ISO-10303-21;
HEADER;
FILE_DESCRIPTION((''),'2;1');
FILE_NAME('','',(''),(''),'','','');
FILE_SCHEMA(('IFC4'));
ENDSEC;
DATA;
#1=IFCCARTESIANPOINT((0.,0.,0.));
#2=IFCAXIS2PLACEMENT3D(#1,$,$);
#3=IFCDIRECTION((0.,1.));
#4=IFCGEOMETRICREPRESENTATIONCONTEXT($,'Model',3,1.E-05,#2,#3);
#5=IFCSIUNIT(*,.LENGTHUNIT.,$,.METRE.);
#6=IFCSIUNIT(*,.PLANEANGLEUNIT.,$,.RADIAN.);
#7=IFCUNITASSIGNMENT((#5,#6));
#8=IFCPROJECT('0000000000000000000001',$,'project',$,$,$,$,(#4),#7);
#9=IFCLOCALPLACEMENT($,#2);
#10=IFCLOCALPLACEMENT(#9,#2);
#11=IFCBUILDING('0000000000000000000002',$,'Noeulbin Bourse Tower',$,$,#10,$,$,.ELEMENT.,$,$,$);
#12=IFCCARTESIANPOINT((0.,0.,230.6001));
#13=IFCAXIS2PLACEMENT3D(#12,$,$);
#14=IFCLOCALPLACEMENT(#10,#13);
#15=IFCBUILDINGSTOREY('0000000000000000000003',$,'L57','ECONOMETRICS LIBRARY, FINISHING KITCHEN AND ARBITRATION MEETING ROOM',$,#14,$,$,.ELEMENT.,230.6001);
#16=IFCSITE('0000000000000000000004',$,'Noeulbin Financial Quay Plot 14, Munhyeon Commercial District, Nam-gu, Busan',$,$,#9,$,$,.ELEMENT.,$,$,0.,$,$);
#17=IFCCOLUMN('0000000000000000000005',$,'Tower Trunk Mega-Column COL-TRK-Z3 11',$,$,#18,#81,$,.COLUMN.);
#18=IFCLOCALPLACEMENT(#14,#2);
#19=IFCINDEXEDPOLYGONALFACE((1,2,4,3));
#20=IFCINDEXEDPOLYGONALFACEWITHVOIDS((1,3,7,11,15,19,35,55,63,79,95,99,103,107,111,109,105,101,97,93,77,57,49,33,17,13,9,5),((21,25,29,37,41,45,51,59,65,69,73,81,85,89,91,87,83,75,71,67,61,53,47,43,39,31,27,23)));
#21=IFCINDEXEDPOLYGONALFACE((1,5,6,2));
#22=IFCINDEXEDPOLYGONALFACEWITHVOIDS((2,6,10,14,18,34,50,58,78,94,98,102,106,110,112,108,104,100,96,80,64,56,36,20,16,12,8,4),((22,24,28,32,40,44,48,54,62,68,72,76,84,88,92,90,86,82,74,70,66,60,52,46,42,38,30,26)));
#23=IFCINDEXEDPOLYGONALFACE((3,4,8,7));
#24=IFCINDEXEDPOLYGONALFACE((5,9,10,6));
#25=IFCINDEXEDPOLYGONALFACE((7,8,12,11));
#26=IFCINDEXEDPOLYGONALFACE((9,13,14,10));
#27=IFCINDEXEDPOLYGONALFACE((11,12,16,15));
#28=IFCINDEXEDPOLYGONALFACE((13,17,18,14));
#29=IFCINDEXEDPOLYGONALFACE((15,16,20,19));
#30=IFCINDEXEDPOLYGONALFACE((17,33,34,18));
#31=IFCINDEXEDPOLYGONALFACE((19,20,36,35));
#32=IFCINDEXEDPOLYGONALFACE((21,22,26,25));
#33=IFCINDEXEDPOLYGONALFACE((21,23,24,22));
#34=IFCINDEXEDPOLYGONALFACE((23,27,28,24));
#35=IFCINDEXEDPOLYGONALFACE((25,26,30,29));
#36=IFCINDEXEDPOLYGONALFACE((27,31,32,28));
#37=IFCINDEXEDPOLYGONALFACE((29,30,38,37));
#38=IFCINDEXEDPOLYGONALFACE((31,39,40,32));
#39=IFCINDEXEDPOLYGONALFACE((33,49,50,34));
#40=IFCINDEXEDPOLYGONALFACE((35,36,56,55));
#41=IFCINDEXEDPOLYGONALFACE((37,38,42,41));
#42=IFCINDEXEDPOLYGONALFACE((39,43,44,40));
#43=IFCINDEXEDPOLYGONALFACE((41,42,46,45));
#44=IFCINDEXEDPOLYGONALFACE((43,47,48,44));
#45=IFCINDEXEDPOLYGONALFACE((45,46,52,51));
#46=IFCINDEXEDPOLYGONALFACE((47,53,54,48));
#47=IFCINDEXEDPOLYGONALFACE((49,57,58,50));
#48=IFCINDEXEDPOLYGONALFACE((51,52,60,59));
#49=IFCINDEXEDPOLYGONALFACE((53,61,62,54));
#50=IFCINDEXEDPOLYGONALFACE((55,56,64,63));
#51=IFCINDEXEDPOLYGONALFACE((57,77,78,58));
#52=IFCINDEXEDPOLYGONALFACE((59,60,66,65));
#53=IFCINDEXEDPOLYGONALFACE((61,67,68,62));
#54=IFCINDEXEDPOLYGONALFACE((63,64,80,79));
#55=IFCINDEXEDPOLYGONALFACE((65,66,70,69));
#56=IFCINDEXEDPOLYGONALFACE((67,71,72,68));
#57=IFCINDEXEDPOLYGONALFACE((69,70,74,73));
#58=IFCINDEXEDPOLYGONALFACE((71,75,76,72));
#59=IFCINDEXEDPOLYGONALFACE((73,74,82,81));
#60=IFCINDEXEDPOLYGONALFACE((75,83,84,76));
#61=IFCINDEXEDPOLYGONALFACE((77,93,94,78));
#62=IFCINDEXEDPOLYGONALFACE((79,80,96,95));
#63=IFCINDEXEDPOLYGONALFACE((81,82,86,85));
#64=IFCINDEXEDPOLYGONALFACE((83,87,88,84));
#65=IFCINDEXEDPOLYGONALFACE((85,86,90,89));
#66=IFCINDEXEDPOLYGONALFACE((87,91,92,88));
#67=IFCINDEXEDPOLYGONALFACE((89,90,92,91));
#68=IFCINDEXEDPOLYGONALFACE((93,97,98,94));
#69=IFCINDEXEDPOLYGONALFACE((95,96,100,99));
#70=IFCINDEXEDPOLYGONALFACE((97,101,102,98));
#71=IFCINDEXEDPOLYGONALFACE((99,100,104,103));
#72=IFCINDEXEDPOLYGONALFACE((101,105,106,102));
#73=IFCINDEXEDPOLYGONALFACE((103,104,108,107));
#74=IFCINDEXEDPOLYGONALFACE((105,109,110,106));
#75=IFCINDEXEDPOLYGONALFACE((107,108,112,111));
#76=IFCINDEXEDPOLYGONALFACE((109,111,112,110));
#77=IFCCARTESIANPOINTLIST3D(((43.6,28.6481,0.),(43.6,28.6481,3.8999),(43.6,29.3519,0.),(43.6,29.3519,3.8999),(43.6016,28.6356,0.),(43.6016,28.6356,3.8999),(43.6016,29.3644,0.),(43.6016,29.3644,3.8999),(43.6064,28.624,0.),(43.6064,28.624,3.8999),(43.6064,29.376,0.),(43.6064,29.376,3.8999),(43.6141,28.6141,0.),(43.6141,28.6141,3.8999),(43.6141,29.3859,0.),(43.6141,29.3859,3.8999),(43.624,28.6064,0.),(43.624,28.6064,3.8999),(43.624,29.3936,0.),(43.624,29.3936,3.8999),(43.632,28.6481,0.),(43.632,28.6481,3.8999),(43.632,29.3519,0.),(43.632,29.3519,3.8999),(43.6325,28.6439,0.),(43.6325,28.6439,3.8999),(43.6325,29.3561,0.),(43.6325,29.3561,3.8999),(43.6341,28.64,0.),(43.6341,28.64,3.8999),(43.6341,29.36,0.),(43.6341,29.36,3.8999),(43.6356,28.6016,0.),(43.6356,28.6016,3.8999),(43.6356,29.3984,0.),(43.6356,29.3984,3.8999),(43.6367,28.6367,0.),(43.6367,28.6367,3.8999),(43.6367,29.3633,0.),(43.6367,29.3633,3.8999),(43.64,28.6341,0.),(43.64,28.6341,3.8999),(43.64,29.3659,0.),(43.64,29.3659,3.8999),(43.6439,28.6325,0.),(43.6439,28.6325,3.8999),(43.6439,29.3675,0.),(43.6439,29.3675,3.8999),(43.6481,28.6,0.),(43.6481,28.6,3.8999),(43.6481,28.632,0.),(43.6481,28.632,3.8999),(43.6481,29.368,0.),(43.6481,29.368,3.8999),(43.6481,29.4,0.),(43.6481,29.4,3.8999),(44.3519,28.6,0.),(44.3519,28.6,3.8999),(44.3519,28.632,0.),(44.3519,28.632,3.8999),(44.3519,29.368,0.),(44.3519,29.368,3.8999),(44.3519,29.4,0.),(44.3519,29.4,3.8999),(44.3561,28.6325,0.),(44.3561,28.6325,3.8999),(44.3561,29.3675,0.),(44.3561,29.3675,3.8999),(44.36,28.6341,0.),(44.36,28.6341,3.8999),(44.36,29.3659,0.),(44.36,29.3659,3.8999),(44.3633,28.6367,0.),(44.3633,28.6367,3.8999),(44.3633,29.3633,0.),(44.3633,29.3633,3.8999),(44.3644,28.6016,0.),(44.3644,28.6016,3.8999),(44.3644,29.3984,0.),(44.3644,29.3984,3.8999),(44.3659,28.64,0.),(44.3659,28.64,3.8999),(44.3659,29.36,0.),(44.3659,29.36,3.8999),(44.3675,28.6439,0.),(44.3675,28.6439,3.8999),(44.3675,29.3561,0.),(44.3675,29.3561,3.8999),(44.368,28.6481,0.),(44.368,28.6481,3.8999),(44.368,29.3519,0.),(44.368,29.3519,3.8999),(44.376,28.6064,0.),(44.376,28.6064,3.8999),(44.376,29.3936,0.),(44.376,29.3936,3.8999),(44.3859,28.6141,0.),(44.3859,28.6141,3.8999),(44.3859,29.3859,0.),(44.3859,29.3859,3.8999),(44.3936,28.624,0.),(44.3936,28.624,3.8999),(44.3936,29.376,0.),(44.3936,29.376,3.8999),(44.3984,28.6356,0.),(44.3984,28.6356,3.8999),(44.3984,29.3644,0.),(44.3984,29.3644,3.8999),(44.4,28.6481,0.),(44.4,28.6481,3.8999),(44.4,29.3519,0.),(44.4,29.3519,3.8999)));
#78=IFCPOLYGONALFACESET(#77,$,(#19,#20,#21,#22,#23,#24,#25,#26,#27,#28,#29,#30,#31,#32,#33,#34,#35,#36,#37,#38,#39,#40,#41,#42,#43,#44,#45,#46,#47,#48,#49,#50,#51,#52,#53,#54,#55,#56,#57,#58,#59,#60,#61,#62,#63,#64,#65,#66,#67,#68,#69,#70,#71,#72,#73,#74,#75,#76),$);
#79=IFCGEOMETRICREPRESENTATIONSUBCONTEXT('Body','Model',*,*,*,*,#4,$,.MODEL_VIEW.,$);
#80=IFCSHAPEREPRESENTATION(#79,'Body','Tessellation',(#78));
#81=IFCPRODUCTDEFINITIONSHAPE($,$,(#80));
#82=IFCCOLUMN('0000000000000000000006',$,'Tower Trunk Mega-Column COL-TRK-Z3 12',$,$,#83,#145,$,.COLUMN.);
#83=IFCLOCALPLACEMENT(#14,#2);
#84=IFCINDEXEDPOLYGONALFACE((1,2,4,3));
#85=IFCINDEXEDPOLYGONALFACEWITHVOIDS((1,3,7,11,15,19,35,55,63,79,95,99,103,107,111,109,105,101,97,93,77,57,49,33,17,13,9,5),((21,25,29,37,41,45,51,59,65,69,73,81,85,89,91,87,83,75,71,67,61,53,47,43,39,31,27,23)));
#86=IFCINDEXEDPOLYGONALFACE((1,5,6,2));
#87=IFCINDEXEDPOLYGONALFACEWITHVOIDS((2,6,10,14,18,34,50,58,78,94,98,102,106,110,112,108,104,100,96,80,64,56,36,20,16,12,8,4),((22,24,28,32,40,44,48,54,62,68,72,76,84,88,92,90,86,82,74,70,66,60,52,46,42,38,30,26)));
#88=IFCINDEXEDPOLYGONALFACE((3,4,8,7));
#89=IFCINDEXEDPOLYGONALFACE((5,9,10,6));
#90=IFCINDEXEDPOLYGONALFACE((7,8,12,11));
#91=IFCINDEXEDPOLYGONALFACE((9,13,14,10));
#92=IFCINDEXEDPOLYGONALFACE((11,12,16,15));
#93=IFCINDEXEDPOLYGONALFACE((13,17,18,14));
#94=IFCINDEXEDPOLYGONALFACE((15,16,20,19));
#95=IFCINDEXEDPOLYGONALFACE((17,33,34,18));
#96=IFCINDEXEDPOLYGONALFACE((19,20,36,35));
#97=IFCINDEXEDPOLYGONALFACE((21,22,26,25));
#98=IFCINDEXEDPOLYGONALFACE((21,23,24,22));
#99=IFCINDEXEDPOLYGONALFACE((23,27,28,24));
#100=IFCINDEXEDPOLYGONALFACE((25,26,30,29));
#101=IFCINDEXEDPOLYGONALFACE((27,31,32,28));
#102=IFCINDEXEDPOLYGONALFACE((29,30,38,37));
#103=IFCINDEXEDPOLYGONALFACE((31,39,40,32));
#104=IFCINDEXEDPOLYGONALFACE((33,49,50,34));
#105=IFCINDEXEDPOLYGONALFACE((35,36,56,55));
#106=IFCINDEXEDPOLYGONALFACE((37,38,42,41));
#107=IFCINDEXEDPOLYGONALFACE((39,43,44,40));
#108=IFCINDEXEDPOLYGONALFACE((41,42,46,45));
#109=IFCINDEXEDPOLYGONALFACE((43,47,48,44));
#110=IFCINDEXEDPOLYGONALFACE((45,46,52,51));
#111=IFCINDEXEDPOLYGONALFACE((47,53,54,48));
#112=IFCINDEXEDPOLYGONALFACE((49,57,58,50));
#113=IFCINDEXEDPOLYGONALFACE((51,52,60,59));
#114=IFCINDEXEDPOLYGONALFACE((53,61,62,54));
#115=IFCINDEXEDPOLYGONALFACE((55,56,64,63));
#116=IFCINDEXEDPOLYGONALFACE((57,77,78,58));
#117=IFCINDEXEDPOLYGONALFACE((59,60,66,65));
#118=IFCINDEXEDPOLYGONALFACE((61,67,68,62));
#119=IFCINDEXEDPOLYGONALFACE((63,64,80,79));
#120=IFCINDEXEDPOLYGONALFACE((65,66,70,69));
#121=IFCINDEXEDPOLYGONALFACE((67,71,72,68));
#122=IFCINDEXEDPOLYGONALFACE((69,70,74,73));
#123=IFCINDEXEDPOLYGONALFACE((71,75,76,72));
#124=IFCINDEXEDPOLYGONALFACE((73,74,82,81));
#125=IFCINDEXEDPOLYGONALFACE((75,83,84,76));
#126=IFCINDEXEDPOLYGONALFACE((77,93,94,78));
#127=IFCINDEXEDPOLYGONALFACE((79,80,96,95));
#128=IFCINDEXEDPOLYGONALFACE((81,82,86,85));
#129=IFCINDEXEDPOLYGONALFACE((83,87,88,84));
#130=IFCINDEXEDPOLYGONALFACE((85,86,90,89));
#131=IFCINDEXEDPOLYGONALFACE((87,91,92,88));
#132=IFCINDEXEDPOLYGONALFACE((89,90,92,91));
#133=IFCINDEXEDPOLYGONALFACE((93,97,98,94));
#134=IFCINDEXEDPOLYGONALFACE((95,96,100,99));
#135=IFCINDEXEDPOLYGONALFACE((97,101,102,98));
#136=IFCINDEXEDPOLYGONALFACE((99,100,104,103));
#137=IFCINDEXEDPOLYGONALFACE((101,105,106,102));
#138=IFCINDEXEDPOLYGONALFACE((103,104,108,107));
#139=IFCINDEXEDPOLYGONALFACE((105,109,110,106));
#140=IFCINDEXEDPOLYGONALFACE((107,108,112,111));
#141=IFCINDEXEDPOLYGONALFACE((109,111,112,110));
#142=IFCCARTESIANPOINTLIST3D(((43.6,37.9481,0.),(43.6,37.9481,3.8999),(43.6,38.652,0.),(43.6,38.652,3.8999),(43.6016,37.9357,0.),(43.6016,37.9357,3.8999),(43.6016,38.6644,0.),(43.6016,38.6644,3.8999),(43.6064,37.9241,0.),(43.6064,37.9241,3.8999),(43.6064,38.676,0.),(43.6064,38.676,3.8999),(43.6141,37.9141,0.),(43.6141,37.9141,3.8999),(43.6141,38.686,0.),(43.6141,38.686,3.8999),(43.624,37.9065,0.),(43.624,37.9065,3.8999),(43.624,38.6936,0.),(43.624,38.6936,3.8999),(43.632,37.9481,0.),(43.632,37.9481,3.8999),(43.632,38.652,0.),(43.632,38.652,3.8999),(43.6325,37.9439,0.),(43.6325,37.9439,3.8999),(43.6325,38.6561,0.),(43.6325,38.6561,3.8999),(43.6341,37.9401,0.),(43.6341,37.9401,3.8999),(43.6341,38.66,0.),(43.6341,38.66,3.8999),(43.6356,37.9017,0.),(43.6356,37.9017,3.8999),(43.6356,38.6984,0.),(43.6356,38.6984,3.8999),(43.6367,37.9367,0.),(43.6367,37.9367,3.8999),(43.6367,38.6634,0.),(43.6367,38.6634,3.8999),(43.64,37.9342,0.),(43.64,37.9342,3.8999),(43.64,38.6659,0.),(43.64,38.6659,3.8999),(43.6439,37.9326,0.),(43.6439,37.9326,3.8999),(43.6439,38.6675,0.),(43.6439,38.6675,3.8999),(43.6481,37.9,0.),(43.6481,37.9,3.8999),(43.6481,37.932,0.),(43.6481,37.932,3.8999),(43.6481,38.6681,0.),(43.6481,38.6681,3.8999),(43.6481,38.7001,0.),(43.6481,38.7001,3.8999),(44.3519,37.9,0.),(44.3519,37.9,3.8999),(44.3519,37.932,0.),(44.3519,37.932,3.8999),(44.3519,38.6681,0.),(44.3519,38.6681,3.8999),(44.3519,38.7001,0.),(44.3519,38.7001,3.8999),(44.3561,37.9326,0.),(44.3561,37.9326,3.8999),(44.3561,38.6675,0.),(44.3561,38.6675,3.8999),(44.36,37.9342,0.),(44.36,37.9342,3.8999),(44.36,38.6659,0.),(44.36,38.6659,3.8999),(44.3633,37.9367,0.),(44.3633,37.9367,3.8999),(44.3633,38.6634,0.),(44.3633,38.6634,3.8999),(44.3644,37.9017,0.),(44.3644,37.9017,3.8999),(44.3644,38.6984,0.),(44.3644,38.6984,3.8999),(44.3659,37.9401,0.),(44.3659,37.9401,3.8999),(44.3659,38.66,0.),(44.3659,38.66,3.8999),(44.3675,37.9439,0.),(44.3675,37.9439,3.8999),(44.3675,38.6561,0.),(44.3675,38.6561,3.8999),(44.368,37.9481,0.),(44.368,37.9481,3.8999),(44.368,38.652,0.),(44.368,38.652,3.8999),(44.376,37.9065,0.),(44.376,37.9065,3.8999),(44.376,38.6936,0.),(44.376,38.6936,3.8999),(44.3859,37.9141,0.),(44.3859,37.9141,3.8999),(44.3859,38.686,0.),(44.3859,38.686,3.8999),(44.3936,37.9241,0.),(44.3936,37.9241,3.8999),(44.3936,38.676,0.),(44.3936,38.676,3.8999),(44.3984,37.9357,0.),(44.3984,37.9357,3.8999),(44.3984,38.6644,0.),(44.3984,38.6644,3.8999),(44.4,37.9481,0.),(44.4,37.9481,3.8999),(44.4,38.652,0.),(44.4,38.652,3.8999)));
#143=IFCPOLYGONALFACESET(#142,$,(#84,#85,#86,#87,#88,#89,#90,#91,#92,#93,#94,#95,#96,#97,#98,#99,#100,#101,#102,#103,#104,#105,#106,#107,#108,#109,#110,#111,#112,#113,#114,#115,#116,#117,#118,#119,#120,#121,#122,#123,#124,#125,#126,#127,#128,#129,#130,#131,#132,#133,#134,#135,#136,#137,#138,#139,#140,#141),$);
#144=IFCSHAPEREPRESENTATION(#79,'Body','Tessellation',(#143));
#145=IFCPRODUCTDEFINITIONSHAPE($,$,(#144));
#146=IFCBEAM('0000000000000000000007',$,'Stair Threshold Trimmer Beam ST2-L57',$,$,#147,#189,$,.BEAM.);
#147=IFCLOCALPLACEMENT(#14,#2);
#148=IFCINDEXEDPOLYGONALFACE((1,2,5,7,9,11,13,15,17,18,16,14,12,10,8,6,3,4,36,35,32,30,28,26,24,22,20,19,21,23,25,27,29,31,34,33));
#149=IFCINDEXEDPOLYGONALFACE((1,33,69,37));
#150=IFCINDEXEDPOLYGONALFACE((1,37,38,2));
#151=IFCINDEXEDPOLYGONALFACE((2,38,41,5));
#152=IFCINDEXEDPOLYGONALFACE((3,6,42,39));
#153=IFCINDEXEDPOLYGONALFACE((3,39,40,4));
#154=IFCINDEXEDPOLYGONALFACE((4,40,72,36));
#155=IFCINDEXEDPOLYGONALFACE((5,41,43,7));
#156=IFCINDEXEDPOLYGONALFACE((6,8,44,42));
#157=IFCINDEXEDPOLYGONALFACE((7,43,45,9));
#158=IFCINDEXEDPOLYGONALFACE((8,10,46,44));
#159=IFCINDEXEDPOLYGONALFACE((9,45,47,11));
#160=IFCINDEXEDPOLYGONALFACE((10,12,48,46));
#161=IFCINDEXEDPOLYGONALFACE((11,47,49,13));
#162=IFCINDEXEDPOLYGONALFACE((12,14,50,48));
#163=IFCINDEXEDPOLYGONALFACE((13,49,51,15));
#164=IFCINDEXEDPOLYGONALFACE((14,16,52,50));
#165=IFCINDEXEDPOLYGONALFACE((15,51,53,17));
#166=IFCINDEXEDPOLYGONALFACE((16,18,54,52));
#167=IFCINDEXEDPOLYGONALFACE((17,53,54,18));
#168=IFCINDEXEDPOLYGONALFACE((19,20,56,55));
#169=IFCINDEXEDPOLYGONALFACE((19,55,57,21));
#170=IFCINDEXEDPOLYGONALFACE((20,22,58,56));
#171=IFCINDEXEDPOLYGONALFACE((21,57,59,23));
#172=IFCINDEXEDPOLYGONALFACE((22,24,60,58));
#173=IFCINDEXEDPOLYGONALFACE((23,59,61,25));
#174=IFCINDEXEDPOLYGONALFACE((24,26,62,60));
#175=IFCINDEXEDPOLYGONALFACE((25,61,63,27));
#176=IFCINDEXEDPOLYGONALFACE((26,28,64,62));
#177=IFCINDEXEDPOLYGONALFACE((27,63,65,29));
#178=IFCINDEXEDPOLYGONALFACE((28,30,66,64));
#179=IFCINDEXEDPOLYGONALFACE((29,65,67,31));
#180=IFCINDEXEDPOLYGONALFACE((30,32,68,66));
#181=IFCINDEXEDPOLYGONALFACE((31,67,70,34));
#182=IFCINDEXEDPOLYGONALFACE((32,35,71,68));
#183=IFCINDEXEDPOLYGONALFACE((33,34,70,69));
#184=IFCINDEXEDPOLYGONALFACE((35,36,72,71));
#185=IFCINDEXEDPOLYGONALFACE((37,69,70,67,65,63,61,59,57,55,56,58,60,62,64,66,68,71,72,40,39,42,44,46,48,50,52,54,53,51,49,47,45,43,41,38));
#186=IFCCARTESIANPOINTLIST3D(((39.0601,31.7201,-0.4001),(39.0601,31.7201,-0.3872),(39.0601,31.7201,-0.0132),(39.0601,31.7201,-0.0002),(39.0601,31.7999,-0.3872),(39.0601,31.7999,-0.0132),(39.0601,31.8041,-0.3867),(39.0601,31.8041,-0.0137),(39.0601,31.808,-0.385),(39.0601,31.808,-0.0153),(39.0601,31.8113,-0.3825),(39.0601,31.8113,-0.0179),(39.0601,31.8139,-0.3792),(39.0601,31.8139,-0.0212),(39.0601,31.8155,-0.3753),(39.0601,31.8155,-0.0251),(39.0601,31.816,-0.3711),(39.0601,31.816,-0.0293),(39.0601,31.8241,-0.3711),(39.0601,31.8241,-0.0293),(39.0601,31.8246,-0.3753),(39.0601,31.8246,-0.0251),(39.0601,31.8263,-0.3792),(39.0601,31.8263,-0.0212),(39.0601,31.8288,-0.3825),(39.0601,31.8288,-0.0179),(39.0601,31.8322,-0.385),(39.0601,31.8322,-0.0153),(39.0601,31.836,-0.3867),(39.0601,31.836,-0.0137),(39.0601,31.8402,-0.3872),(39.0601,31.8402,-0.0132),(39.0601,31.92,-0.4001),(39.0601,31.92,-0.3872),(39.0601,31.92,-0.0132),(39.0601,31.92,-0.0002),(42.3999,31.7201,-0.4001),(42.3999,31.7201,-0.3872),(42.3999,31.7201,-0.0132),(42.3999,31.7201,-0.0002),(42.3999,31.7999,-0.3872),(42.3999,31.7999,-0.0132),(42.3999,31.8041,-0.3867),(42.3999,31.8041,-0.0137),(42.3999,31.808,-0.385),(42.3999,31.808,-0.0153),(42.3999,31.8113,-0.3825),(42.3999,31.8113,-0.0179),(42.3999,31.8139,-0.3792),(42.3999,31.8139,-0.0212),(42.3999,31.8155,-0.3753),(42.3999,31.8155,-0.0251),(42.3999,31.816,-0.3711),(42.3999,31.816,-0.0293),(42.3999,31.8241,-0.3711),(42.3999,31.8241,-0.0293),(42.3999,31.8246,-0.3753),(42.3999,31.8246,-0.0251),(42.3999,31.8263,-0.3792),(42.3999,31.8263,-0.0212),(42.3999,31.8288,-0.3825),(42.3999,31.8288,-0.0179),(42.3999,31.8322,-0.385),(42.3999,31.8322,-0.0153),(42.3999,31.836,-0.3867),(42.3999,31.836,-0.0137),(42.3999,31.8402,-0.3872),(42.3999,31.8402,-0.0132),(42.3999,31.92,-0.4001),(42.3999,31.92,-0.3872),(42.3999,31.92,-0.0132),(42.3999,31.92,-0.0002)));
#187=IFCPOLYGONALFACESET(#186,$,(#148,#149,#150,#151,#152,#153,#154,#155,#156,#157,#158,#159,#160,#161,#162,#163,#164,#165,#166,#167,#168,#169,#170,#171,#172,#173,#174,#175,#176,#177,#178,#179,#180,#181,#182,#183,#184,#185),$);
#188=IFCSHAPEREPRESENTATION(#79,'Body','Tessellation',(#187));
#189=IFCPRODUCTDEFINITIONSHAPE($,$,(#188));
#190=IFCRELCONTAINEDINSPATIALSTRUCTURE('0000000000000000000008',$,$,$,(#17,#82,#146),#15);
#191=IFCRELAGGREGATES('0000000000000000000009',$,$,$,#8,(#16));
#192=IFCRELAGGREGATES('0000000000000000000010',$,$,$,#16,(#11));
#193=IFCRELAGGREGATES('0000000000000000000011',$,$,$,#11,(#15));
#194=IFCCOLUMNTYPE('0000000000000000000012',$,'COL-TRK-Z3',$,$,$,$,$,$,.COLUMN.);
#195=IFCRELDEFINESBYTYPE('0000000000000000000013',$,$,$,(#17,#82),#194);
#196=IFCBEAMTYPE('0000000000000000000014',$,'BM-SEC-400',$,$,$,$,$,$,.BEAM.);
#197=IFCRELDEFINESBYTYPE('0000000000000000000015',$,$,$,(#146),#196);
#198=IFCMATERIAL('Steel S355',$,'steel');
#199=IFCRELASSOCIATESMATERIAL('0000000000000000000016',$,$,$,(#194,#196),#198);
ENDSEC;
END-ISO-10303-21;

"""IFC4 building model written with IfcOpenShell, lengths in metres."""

from ifc_helpers import new_model, si_unit, direction, frame, origin, origin_2d, place, context, subcontext, project, spatial, hollow_rectangle, i_section, extrude, material, material_profile, profile_set, type_object, element, save


model = new_model("IFC4")

# Units and contexts
model_context = context("Model", 3, precision=1e-05, world=origin(), true_north=direction((0.0, 1.0)))
body_context = subcontext(model_context, "Body", "Model", "MODEL_VIEW")
ifc_project = project(units=[si_unit("LENGTHUNIT", "METRE"), si_unit("PLANEANGLEUNIT", "RADIAN")], contexts=[model_context])

# Site, building, storey
site_placement = place(None, origin())
site = spatial("IfcSite", under=ifc_project, at=site_placement, Name="Noeulbin Financial Quay Plot 14, Munhyeon Commercial District, Nam-gu, Busan", CompositionType="ELEMENT", RefElevation=0.0)
building_placement = place(site_placement, origin())
building = spatial("IfcBuilding", under=site, at=building_placement, Name="Noeulbin Bourse Tower", CompositionType="ELEMENT")
storey_placement = place(building_placement, frame((0.0, 0.0, 230.6001)))
storey = spatial("IfcBuildingStorey", under=building, at=storey_placement, Name="L57", Description="ECONOMETRICS LIBRARY, FINISHING KITCHEN AND ARBITRATION MEETING ROOM", CompositionType="ELEMENT", Elevation=230.6001)

# Columns
ifc_material_1 = material(Name="Steel S355", Category="steel")
ifc_material_profile_1 = material_profile(ifc_material_1, hollow_rectangle(XDim=0.8, YDim=0.8, WallThickness=0.032, InnerFilletRadius=0.0161, OuterFilletRadius=0.0481, at=origin_2d()), Name="BOX-800x800x32", Category="LoadBearing")
ifc_profile_set_1 = profile_set([ifc_material_profile_1], Name="Steel S355")
column_type = type_object("IfcColumnType", Name="COL-TRK-Z3", PredefinedType="COLUMN", material=ifc_profile_set_1)
for number, where, z_axis, x_axis, name in (
    (1, (44.0, 29.0, 0.0), (0.0, 0.0, 1.0), (1.0, 0.0, 0.0), "Tower Trunk Mega-Column COL-TRK-Z3 11"),
    (2, (44.0, 38.3, 0.0), (0.0, 0.0, 1.0), (1.0, 0.0, 0.0), "Tower Trunk Mega-Column COL-TRK-Z3 12"),
):
    element("IfcColumn", number, at=place(storey_placement, frame(where, z_axis=z_axis, x_axis=x_axis)), inside=storey, type_object=column_type, Name=name, PredefinedType="COLUMN", context=body_context, shape_type="SweptSolid", body=[
        extrude(hollow_rectangle(XDim=0.8, YDim=0.8, WallThickness=0.032, InnerFilletRadius=0.0161, OuterFilletRadius=0.0481, at=origin_2d()), origin(), (0.0, 0.0, 1.0), 3.8999),
    ])

# Beam
ifc_material_profile_2 = material_profile(ifc_material_1, i_section(OverallWidth=0.2, OverallDepth=0.3999, WebThickness=0.0081, FlangeThickness=0.0129, FilletRadius=0.0161, at=origin_2d()), Name="H-400x200x8x13", Category="LoadBearing")
ifc_profile_set_2 = profile_set([ifc_material_profile_2], Name="Steel S355")
beam_type_1 = type_object("IfcBeamType", Name="BM-SEC-400", PredefinedType="BEAM", material=ifc_profile_set_2)
beam_1_placement = place(storey_placement, frame((39.0601, 31.8201, -0.2002), z_axis=(1.0, 0.0, 0.0), x_axis=(0.0, 1.0, 0.0)))
element("IfcBeam", 3, at=beam_1_placement, inside=storey, type_object=beam_type_1, Name="Stair Threshold Trimmer Beam ST2-L57", PredefinedType="BEAM", context=body_context, shape_type="SweptSolid", body=[
    extrude(i_section(OverallWidth=0.2, OverallDepth=0.3999, WebThickness=0.0081, FlangeThickness=0.0129, FilletRadius=0.0161, at=origin_2d()), origin(), (0.0, 0.0, 1.0), 3.3398),
])

save(model, "model.ifc")
